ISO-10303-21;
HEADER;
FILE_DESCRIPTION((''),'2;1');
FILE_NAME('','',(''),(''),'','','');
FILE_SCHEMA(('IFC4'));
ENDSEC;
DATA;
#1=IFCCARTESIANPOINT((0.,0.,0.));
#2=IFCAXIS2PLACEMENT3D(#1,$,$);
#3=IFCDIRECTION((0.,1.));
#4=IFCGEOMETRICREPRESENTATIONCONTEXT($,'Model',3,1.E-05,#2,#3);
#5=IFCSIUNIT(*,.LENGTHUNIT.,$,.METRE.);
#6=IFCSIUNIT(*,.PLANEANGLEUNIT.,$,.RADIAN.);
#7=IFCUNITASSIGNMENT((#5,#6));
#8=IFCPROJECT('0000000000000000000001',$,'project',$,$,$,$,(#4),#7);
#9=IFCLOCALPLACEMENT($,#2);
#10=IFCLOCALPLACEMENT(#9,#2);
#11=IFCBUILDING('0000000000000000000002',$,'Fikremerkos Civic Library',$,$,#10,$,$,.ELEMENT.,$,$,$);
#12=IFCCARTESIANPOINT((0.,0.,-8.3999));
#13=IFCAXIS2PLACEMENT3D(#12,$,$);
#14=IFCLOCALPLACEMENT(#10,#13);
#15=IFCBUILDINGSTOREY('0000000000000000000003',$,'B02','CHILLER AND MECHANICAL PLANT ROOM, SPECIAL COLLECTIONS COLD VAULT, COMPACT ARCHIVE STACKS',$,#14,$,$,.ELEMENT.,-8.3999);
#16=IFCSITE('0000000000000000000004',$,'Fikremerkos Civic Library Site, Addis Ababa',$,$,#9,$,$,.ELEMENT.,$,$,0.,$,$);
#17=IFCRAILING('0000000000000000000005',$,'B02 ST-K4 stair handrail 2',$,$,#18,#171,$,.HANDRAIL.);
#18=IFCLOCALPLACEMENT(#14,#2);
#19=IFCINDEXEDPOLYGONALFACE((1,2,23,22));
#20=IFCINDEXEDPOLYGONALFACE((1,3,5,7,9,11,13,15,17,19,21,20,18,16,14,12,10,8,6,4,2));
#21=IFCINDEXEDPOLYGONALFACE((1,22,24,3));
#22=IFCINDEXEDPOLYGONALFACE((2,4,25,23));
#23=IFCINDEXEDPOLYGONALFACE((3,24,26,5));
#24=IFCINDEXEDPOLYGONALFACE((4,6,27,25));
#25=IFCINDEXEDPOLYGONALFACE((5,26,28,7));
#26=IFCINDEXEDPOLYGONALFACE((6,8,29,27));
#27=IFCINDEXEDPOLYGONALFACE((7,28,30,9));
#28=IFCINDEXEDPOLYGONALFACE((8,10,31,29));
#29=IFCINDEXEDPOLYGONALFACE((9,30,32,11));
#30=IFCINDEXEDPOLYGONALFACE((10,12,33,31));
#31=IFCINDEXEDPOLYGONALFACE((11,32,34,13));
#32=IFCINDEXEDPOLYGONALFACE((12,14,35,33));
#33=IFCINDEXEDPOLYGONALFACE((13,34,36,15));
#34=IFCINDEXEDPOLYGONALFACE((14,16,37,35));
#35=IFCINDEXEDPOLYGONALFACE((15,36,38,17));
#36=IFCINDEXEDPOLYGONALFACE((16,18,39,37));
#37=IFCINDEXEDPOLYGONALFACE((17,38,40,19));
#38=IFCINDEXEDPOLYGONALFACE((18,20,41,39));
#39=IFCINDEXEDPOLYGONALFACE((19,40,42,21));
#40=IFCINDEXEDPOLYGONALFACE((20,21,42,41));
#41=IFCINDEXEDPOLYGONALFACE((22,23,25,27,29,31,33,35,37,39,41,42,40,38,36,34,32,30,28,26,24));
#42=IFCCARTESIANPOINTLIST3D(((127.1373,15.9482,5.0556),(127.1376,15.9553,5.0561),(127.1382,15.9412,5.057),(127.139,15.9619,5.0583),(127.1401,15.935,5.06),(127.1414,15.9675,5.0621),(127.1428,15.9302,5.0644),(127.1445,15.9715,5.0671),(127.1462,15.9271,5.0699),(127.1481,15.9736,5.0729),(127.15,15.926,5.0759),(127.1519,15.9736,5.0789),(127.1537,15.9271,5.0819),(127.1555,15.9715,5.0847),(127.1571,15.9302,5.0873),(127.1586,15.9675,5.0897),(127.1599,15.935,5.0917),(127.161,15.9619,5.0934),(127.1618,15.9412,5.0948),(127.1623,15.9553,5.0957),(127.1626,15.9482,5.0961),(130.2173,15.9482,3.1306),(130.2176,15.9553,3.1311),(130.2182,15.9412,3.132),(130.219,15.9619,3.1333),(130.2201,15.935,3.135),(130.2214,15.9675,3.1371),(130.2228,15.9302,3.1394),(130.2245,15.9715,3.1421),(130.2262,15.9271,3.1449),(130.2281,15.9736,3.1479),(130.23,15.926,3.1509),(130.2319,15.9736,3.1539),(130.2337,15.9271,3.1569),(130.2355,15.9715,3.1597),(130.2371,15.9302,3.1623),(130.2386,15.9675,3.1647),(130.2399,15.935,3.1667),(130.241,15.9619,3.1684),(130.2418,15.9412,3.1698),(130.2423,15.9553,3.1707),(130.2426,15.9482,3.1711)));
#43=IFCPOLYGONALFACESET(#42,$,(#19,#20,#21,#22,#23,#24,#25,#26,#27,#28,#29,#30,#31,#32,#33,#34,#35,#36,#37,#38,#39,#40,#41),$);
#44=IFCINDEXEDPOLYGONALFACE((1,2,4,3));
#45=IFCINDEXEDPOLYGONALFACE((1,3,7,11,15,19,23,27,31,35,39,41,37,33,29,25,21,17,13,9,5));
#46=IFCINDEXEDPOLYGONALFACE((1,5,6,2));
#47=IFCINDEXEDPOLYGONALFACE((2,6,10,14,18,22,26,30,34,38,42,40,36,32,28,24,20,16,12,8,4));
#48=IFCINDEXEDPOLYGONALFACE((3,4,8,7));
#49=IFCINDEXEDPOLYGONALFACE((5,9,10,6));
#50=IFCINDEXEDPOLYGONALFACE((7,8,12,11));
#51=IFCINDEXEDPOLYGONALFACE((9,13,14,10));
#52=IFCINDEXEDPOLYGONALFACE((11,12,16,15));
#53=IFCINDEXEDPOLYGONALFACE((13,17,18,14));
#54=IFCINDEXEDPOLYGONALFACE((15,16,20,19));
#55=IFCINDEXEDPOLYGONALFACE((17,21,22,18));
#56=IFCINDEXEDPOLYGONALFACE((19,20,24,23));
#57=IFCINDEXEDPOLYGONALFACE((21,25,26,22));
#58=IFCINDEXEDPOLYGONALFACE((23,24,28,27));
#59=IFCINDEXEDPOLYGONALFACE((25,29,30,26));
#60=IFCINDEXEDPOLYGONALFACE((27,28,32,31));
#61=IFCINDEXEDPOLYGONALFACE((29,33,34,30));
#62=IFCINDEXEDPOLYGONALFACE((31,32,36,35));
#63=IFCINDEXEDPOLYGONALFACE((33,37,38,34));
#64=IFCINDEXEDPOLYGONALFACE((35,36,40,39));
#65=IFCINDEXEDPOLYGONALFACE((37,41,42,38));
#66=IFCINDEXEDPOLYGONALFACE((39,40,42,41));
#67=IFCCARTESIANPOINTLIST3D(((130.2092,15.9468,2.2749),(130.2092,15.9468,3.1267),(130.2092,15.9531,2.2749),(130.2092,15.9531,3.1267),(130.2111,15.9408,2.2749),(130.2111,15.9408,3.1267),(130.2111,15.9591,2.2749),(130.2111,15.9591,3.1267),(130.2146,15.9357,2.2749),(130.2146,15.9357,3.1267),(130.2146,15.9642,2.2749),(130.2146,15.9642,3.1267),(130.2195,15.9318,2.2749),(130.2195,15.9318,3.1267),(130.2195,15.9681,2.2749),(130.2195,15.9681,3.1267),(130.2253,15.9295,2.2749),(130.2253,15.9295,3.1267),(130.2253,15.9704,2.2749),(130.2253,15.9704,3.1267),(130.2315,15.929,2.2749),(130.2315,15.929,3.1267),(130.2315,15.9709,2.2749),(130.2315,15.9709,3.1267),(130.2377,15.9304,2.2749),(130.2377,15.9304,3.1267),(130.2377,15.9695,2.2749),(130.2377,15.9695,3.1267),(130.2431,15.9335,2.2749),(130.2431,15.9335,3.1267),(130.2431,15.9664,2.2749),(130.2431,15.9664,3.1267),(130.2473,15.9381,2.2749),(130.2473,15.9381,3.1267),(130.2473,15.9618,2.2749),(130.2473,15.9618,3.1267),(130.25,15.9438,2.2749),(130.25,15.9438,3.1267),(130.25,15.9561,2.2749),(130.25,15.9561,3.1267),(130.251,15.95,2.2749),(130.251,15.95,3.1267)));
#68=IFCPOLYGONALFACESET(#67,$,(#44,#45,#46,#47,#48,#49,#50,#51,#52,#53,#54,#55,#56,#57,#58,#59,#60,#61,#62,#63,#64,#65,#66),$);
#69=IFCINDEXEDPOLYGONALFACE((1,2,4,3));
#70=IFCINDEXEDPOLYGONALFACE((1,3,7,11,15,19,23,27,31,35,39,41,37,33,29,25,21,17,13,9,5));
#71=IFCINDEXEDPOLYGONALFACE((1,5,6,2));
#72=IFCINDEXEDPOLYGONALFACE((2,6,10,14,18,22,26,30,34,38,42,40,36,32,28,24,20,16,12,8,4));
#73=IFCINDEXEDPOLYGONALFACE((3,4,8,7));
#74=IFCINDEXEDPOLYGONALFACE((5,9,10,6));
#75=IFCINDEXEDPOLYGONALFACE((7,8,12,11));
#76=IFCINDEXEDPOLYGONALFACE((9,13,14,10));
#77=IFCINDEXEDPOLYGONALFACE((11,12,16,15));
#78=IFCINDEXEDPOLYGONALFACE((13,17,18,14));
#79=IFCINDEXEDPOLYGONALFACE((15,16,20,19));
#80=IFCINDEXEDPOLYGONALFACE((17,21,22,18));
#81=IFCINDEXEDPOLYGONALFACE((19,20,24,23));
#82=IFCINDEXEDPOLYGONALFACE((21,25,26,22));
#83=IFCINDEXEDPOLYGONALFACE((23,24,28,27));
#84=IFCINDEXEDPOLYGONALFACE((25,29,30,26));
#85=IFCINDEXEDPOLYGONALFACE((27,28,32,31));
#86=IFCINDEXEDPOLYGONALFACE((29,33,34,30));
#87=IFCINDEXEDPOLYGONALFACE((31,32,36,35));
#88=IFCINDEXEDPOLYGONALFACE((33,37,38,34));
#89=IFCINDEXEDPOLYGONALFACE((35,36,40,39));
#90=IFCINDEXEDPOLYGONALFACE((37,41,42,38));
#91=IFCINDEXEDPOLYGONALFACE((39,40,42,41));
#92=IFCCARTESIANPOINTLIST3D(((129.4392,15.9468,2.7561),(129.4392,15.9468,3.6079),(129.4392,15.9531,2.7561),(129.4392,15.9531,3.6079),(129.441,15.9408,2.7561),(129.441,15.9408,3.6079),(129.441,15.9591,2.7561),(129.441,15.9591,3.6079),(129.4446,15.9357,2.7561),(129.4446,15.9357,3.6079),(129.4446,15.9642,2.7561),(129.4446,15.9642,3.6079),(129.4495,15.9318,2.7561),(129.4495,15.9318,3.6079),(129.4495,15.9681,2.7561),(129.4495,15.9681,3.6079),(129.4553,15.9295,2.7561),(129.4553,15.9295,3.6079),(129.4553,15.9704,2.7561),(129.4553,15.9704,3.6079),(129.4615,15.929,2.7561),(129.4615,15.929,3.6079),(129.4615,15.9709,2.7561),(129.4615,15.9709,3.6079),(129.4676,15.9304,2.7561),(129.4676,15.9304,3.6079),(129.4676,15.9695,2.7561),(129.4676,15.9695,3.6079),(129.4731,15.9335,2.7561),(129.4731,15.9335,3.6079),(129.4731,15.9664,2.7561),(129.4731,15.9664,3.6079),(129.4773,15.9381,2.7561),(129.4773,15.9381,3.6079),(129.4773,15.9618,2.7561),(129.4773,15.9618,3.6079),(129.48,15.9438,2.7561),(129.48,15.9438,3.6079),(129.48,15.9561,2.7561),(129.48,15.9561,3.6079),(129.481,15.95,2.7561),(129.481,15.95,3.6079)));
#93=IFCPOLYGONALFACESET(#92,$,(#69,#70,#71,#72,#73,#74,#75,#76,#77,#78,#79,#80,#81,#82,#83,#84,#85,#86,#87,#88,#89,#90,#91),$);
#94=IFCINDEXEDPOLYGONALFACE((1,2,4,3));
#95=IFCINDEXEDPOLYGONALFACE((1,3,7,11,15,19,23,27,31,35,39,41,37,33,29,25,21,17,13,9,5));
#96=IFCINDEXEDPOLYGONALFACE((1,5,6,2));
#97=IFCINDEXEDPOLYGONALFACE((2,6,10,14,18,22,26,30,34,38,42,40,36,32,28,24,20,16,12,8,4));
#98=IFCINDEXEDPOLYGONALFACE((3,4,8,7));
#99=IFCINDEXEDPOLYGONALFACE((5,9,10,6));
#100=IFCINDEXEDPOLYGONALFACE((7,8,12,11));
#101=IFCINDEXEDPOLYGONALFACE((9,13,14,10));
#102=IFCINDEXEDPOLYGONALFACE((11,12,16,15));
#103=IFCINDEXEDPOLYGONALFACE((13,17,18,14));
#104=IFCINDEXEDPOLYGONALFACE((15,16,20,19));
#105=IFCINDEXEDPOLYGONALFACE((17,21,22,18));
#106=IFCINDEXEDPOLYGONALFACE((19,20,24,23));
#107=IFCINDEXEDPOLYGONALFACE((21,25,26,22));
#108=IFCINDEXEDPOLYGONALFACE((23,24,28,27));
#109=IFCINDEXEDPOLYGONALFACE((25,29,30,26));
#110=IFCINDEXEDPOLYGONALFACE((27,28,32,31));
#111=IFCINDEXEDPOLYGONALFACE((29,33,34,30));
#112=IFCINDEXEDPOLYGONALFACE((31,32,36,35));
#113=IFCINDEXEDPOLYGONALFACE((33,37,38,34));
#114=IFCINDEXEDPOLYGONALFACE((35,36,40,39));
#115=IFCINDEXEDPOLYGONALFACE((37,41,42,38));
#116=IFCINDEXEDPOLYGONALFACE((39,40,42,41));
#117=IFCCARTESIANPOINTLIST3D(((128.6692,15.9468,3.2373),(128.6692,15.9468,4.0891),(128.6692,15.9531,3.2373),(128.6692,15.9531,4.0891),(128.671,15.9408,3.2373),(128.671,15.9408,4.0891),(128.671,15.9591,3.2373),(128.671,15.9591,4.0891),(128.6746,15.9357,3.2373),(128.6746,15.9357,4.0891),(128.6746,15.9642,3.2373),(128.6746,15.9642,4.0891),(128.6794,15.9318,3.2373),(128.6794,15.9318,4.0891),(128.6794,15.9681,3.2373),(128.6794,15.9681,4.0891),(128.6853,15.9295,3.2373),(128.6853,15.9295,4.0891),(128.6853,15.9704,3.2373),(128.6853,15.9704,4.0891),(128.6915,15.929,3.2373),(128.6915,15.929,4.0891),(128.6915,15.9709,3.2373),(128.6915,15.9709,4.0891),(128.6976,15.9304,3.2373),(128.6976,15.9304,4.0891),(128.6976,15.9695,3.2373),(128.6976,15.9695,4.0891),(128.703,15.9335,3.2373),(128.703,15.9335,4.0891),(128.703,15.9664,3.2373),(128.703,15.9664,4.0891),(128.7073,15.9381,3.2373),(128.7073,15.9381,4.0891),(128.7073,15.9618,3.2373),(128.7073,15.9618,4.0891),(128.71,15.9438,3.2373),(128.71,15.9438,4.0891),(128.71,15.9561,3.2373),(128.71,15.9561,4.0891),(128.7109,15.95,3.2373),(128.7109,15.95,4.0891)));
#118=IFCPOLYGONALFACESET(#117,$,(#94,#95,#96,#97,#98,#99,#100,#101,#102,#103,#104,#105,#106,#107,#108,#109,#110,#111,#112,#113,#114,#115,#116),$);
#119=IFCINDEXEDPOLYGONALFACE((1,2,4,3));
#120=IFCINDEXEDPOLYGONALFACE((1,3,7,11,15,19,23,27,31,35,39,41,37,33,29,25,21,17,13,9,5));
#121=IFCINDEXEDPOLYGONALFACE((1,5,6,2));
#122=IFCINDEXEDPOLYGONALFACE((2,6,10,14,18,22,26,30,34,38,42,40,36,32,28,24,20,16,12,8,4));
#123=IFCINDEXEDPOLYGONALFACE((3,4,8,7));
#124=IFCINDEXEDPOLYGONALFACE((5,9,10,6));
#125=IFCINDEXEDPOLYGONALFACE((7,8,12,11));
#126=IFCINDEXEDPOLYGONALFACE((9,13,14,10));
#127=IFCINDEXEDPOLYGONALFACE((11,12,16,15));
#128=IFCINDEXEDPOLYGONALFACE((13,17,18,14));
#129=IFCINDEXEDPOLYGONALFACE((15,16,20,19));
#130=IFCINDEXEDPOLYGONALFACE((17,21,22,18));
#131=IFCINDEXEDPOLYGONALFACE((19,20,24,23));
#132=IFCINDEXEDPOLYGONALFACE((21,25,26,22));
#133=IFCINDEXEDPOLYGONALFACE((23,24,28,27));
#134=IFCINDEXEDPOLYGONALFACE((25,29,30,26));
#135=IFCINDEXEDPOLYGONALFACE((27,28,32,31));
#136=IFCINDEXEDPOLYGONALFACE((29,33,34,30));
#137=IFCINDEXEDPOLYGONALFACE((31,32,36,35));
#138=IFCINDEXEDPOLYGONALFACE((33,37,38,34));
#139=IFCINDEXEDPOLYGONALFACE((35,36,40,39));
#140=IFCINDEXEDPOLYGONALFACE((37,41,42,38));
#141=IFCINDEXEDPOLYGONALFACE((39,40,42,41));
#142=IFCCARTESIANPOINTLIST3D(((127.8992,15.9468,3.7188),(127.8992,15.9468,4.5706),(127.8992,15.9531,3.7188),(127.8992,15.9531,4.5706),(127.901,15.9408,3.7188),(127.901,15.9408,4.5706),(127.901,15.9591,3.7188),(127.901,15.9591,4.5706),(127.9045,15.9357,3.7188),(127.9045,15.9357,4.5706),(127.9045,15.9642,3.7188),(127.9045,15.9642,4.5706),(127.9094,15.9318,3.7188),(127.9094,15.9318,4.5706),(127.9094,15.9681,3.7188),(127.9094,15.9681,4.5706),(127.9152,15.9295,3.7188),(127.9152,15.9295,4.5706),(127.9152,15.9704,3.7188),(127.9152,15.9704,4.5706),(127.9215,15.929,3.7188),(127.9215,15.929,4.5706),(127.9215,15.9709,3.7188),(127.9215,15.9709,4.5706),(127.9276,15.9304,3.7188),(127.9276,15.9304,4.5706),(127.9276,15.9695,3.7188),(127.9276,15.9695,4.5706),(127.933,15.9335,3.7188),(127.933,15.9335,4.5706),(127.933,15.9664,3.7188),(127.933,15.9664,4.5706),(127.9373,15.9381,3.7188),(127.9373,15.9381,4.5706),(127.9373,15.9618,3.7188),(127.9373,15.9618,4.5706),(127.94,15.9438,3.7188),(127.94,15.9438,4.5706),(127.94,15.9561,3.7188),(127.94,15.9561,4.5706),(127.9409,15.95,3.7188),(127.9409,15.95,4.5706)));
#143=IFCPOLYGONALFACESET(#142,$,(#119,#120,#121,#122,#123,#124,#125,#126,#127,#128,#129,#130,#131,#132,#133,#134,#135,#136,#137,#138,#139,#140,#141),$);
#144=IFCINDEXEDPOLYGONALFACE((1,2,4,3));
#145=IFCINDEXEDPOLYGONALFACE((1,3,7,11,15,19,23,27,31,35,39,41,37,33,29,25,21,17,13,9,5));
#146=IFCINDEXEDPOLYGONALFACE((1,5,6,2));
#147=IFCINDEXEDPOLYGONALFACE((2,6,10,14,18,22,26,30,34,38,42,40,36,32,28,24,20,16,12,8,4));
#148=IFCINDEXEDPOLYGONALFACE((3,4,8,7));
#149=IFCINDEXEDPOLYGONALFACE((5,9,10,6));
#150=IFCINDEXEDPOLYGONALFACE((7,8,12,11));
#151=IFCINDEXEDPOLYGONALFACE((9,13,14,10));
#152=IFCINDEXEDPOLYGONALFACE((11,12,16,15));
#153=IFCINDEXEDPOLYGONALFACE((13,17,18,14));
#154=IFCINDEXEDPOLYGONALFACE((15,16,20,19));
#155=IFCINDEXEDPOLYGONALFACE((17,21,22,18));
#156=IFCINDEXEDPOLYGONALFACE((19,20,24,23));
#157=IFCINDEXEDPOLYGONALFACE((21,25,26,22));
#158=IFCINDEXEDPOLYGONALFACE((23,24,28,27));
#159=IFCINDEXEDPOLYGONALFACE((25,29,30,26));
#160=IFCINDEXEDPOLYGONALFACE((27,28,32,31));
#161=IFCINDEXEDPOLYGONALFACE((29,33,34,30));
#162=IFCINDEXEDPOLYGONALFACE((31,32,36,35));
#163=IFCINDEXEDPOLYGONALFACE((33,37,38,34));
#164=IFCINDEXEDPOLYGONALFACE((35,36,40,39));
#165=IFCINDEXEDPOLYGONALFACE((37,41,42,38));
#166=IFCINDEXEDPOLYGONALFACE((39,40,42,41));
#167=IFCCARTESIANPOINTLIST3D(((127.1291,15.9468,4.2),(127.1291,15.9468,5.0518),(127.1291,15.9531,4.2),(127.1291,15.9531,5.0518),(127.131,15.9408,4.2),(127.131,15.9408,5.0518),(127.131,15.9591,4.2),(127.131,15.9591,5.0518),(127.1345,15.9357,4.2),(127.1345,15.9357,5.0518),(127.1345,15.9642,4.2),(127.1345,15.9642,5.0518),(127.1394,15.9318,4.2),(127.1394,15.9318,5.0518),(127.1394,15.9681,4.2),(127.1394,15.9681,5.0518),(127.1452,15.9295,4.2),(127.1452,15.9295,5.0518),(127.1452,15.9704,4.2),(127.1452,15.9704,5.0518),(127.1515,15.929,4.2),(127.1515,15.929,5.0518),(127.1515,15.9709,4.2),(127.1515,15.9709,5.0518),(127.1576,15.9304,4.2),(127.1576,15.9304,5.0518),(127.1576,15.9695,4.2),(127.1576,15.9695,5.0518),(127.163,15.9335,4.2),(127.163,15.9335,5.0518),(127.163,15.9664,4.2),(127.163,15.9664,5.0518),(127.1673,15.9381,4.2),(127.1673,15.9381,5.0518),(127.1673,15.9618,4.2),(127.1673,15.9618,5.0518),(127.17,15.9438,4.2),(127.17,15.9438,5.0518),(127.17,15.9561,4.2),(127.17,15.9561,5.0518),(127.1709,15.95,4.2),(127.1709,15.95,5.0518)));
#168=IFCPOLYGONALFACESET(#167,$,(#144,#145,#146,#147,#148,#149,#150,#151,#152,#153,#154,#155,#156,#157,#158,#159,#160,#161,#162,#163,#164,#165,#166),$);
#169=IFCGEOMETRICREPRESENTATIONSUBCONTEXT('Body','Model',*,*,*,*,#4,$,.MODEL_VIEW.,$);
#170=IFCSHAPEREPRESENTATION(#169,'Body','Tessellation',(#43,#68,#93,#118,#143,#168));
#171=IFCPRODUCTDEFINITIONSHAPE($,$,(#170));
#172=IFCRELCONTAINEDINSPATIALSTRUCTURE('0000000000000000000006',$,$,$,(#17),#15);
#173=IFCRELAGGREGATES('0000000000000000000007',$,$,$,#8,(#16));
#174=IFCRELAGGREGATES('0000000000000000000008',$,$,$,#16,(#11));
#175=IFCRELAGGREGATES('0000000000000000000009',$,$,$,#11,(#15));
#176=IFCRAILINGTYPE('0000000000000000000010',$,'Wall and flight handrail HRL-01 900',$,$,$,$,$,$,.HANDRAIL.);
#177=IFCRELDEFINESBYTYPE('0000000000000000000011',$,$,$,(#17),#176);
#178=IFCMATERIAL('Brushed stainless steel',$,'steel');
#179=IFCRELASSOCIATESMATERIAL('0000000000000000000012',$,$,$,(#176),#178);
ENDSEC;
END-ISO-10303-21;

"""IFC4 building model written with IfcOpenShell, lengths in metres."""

from ifc_helpers import new_model, si_unit, direction, frame, origin, origin_2d, place, context, subcontext, project, spatial, circle, extrude, material, type_object, element, save


model = new_model("IFC4")

# Units and contexts
model_context = context("Model", 3, precision=1e-05, world=origin(), true_north=direction((0.0, 1.0)))
body_context = subcontext(model_context, "Body", "Model", "MODEL_VIEW")
ifc_project = project(units=[si_unit("LENGTHUNIT", "METRE"), si_unit("PLANEANGLEUNIT", "RADIAN")], contexts=[model_context])

# Site, building, storey
site_placement = place(None, origin())
site = spatial("IfcSite", under=ifc_project, at=site_placement, Name="Fikremerkos Civic Library Site, Addis Ababa", CompositionType="ELEMENT", RefElevation=0.0)
building_placement = place(site_placement, origin())
building = spatial("IfcBuilding", under=site, at=building_placement, Name="Fikremerkos Civic Library", CompositionType="ELEMENT")
storey_placement = place(building_placement, frame((0.0, 0.0, -8.3999)))
storey = spatial("IfcBuildingStorey", under=building, at=storey_placement, Name="B02", Description="CHILLER AND MECHANICAL PLANT ROOM, SPECIAL COLLECTIONS COLD VAULT, COMPACT ARCHIVE STACKS", CompositionType="ELEMENT", Elevation=-8.3999)

# Shared definitions
ifc_material_1 = material(Name="Brushed stainless steel", Category="steel")

# Railing
railing_type_1 = type_object("IfcRailingType", Name="Wall and flight handrail HRL-01 900", PredefinedType="HANDRAIL", material=ifc_material_1)
railing_1_placement = place(storey_placement, frame((130.23, 15.95, 2.2749)))
element("IfcRailing", 1, at=railing_1_placement, inside=storey, type_object=railing_type_1, Name="B02 ST-K4 stair handrail 2", PredefinedType="HANDRAIL", context=body_context, shape_type="SweptSolid", body=[
    extrude(circle(Radius=0.0239, at=origin_2d()), frame((0.0, 0.0, 0.876), z_axis=(-0.847998, 0.0, 0.529999), x_axis=(0.0, -1.0, 0.0)), (0.0, 0.0, 1.0), 3.6321),
    extrude(circle(Radius=0.021, at=origin_2d()), origin(), (0.0, 0.0, 1.0), 0.8518),
    extrude(circle(Radius=0.021, at=origin_2d()), frame((-0.77, 0.0, 0.4812)), (0.0, 0.0, 1.0), 0.8518),
    extrude(circle(Radius=0.021, at=origin_2d()), frame((-1.54, 0.0, 0.9624)), (0.0, 0.0, 1.0), 0.8518),
    extrude(circle(Radius=0.021, at=origin_2d()), frame((-2.3101, 0.0, 1.4438)), (0.0, 0.0, 1.0), 0.8518),
    extrude(circle(Radius=0.021, at=origin_2d()), frame((-3.0801, 0.0, 1.925)), (0.0, 0.0, 1.0), 0.8518),
])

save(model, "model.ifc")
